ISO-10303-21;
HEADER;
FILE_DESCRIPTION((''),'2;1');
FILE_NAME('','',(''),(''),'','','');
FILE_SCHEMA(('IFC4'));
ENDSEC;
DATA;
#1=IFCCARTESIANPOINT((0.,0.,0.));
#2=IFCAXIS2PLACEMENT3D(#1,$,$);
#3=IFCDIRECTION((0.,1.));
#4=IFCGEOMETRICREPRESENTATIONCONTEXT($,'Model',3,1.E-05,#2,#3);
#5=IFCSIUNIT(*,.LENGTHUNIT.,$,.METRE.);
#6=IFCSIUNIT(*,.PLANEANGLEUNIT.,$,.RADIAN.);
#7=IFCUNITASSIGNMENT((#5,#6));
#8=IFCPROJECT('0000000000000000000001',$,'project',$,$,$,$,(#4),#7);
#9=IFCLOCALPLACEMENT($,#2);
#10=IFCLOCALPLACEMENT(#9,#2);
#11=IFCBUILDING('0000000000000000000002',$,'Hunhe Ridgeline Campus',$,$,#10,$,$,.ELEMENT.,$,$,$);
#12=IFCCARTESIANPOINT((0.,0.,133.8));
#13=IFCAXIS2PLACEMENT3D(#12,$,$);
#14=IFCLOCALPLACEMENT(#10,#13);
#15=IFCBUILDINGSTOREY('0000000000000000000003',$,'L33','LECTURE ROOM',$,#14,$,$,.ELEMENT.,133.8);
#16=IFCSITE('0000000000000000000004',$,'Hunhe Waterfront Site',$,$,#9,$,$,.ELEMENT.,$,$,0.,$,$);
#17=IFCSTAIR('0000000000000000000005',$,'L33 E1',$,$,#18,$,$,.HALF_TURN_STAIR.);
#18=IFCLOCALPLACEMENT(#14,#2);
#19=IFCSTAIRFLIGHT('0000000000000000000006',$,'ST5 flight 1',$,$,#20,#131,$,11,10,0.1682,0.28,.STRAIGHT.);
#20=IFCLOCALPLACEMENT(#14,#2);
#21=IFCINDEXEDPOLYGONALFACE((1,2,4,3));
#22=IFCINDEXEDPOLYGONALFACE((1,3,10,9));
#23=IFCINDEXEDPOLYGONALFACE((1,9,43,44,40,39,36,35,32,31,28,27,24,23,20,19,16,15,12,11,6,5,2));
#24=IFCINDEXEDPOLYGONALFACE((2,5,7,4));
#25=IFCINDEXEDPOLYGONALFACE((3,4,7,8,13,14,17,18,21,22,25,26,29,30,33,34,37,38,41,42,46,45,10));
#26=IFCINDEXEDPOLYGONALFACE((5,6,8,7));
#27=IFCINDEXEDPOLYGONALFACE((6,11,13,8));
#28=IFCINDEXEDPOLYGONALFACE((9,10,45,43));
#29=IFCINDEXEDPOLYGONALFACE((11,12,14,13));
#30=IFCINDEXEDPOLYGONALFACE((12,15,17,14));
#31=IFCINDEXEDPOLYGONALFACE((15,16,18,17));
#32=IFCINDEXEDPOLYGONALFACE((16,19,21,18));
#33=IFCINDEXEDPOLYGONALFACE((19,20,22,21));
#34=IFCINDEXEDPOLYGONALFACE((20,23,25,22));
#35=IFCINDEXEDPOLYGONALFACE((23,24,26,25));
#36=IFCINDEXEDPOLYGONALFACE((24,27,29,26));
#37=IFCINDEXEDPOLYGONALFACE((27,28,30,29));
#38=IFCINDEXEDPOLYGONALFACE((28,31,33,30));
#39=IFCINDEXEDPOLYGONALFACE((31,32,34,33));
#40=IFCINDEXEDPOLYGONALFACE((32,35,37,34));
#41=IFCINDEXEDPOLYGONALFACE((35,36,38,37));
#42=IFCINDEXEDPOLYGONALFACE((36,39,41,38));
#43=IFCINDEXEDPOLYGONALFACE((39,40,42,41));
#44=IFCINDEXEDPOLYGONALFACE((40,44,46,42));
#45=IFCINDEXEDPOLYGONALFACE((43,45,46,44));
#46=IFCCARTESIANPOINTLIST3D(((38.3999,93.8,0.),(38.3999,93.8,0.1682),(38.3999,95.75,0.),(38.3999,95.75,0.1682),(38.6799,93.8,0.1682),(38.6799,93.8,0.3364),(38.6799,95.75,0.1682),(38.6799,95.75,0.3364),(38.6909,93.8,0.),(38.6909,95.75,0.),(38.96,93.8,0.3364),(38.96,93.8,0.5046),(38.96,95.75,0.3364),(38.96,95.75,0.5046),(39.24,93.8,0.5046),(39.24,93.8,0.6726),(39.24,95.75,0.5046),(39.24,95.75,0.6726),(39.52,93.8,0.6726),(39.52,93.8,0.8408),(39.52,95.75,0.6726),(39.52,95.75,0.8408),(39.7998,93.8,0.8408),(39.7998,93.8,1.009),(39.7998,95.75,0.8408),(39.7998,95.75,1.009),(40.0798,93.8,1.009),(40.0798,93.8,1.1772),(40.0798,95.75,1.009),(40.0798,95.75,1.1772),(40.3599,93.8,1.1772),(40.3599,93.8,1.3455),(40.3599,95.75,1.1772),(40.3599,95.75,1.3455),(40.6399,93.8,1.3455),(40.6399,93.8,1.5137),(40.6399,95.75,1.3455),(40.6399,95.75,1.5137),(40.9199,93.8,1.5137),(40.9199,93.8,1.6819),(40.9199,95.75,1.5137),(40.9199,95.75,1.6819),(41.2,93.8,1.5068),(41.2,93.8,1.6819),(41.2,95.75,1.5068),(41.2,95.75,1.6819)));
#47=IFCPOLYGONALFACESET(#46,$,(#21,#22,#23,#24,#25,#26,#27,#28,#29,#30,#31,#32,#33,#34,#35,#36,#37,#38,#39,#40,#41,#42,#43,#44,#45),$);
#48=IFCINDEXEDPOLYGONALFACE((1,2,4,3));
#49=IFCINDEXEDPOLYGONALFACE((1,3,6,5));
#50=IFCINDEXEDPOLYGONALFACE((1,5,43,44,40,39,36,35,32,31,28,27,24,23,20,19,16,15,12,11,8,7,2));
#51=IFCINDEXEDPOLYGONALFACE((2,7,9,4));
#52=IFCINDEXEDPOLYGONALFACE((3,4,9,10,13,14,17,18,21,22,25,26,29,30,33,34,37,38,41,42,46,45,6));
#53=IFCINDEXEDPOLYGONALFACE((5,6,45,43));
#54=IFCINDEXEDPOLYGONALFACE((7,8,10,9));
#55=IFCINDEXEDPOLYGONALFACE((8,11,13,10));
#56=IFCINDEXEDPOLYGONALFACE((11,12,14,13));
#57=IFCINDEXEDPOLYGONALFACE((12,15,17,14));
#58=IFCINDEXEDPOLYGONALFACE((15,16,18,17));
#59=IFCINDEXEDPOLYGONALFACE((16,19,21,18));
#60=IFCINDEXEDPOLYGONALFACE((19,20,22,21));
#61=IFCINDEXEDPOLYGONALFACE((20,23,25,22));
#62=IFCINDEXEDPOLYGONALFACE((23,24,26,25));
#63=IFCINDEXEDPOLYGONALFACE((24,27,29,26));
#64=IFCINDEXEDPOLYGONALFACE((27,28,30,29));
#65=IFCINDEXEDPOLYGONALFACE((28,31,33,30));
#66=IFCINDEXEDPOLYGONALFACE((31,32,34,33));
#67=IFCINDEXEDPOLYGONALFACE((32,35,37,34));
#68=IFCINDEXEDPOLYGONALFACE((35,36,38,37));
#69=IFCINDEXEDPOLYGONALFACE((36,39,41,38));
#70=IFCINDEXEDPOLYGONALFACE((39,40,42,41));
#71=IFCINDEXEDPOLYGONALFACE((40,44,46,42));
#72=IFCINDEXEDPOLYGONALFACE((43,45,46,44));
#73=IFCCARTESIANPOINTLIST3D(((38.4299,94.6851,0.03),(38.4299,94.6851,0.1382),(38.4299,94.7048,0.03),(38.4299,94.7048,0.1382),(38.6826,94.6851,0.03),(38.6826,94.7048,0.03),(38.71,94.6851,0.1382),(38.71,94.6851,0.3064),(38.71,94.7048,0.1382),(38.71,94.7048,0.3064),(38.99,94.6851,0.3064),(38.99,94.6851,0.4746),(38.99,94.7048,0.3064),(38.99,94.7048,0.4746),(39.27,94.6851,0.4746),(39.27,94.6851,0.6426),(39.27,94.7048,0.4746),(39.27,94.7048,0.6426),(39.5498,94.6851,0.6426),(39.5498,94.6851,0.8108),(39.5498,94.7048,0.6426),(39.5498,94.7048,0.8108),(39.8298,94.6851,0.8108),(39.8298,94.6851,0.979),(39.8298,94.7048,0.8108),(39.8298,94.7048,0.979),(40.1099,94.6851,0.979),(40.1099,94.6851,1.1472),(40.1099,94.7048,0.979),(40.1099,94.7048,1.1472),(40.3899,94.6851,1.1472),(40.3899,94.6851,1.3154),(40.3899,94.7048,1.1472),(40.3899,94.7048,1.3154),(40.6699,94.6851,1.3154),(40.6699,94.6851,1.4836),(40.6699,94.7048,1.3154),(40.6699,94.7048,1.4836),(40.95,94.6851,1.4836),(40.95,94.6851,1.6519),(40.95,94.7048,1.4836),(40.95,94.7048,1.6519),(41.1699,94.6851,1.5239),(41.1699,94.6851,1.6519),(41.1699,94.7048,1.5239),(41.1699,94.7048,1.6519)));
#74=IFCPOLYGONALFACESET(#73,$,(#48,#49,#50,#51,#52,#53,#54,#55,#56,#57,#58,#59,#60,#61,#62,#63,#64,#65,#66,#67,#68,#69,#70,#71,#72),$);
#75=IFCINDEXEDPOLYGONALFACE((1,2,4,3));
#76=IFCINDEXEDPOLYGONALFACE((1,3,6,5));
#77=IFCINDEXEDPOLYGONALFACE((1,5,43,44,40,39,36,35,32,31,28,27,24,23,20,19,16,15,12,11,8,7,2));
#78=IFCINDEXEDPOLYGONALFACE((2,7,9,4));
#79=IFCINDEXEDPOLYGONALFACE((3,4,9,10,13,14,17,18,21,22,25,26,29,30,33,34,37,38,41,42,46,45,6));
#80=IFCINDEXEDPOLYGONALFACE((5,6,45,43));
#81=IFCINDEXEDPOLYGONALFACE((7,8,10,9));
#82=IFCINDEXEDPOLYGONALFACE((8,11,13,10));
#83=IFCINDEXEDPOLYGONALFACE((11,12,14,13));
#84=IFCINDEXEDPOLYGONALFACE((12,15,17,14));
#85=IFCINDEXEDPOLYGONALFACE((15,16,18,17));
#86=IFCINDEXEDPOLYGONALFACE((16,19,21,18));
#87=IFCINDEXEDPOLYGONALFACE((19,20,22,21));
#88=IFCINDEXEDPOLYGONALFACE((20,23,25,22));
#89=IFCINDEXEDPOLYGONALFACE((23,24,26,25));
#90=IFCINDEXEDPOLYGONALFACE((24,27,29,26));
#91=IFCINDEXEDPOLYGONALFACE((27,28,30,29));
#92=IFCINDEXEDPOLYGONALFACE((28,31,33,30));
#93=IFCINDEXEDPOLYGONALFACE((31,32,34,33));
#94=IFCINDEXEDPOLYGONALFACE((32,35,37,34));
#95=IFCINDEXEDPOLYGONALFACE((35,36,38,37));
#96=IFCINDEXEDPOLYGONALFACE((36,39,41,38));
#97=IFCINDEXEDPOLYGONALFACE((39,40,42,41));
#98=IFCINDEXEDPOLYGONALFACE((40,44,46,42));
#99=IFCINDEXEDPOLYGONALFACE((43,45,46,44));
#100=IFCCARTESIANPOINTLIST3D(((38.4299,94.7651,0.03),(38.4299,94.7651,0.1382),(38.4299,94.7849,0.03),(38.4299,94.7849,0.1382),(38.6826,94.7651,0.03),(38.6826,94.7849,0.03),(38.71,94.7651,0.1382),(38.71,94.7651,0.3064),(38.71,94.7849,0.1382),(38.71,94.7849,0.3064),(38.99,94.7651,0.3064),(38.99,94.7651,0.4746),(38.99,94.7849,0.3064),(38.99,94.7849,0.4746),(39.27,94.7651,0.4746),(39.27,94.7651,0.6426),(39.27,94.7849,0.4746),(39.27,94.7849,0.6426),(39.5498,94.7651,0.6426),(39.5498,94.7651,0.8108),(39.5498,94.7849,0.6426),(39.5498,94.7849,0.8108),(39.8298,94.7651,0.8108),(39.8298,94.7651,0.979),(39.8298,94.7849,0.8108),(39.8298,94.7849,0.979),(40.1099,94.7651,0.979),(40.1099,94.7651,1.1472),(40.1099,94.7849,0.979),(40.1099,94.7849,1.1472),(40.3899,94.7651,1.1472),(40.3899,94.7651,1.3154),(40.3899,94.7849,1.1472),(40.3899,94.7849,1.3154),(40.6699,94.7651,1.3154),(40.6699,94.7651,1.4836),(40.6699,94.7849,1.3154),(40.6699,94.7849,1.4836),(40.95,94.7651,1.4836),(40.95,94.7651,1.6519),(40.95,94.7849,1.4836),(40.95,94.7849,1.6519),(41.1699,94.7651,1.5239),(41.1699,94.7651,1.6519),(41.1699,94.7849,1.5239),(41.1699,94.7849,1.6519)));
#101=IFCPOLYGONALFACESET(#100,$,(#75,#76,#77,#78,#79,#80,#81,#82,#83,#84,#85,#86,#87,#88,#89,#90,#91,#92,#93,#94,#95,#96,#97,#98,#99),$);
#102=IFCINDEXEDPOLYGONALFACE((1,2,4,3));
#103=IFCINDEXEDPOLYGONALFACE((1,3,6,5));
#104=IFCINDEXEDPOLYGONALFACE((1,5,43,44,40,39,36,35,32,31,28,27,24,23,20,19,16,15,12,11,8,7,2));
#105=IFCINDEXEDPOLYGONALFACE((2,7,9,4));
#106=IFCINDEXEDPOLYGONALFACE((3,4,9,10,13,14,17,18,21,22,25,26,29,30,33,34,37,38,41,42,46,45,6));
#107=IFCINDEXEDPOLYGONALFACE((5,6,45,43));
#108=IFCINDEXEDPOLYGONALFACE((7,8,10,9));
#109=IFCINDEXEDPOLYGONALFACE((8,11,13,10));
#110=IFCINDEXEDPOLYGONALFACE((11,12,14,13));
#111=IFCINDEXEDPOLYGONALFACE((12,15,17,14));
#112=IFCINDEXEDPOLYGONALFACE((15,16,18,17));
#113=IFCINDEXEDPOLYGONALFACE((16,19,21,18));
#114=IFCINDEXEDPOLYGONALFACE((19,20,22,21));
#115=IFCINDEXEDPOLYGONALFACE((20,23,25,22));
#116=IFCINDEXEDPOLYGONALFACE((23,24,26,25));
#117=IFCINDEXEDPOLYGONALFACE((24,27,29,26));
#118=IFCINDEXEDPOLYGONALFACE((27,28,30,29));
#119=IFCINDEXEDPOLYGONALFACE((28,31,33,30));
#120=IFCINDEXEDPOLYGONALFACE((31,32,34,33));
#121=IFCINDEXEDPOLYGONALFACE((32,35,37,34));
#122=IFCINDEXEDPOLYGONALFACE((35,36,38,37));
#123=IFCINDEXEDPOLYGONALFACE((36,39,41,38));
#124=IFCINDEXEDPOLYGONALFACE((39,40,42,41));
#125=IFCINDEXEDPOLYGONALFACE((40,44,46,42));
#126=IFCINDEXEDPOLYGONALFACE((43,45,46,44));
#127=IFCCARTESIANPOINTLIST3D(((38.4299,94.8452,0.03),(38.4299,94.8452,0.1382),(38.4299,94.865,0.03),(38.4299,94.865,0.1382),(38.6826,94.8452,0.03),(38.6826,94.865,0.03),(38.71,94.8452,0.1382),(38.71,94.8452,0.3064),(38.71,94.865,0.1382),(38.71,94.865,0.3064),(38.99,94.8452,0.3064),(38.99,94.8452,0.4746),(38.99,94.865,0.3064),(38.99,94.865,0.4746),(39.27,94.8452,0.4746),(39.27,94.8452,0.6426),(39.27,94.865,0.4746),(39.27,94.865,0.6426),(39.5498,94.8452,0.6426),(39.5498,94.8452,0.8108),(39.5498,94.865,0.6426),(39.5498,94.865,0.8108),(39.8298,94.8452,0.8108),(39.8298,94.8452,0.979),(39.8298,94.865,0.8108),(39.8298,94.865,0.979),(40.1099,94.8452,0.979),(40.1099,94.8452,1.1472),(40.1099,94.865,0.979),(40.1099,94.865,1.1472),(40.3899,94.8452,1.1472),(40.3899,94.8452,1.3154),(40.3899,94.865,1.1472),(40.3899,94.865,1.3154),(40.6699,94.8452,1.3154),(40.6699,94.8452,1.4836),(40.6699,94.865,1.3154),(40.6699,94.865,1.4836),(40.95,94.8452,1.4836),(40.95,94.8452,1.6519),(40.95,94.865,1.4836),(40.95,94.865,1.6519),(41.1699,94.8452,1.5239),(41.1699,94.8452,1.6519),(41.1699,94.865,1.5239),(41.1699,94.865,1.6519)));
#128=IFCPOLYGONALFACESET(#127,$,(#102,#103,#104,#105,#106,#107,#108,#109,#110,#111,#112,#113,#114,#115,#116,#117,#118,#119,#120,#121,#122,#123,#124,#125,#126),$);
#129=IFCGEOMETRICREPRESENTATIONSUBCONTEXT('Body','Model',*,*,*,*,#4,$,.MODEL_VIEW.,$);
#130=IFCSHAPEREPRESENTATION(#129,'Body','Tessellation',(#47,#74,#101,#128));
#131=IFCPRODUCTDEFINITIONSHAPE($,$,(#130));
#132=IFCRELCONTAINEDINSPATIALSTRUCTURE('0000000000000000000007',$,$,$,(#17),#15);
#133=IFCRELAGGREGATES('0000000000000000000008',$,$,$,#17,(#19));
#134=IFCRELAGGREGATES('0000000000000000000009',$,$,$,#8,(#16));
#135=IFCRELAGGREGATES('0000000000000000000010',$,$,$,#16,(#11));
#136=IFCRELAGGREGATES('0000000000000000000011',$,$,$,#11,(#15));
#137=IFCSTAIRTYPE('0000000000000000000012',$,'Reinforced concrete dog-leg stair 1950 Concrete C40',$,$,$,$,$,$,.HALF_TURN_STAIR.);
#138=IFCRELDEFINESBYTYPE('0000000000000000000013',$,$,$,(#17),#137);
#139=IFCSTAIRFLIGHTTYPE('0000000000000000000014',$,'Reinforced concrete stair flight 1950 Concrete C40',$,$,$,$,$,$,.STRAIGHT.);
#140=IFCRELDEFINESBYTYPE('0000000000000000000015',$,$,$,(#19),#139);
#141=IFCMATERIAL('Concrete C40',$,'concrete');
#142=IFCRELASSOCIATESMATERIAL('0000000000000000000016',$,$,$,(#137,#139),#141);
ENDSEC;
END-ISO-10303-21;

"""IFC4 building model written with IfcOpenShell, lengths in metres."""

from ifc_helpers import new_model, si_unit, direction, frame, origin, place, context, subcontext, project, spatial, polyline, outline, extrude, material, type_object, element, aggregate, save


model = new_model("IFC4")

# Units and contexts
model_context = context("Model", 3, precision=1e-05, world=origin(), true_north=direction((0.0, 1.0)))
body_context = subcontext(model_context, "Body", "Model", "MODEL_VIEW")
ifc_project = project(units=[si_unit("LENGTHUNIT", "METRE"), si_unit("PLANEANGLEUNIT", "RADIAN")], contexts=[model_context])

# Site, building, storey
site_placement = place(None, origin())
site = spatial("IfcSite", under=ifc_project, at=site_placement, Name="Hunhe Waterfront Site", CompositionType="ELEMENT", RefElevation=0.0)
building_placement = place(site_placement, origin())
building = spatial("IfcBuilding", under=site, at=building_placement, Name="Hunhe Ridgeline Campus", CompositionType="ELEMENT")
storey_placement = place(building_placement, frame((0.0, 0.0, 133.8)))
storey = spatial("IfcBuildingStorey", under=building, at=storey_placement, Name="L33", Description="LECTURE ROOM", CompositionType="ELEMENT", Elevation=133.8)

# Shared definitions
ifc_material_1 = material(Name="Concrete C40", Category="concrete")
stair_type = type_object("IfcStairType", Name="Reinforced concrete dog-leg stair 1950 Concrete C40", PredefinedType="HALF_TURN_STAIR", material=ifc_material_1)
stair_flight_type = type_object("IfcStairFlightType", Name="Reinforced concrete stair flight 1950 Concrete C40", PredefinedType="STRAIGHT", material=ifc_material_1)

# Stair, stair flight
stair_1_placement = place(storey_placement, origin())
stair_1 = element("IfcStair", 1, at=stair_1_placement, inside=storey, type_object=stair_type, Name="L33 E1", PredefinedType="HALF_TURN_STAIR")
stair_flight_1_placement = place(storey_placement, frame((38.3999, 94.7749, 0.0), z_axis=(0.0, 0.0, 1.0), x_axis=(1.0, 0.0, 0.0)))
stair_flight_1 = element("IfcStairFlight", 2, at=stair_flight_1_placement, type_object=stair_flight_type, Name="ST5 flight 1", NumberOfRisers=11, NumberOfTreads=10, PredefinedType="STRAIGHT", RiserHeight=0.1682, TreadLength=0.28, context=body_context, shape_type="SweptSolid", body=[
    extrude(outline(polyline([(0.0, 0.0), (0.0, 0.1682), (0.28, 0.1682), (0.28, 0.3364), (0.5601, 0.3364), (0.5601, 0.5046), (0.8401, 0.5046), (0.8401, 0.6726), (1.1201, 0.6726), (1.1201, 0.8408), (1.3999, 0.8408), (1.3999, 1.009), (1.6799, 1.009), (1.6799, 1.1772), (1.96, 1.1772), (1.96, 1.3455), (2.24, 1.3455), (2.24, 1.5137), (2.52, 1.5137), (2.52, 1.6819), (2.8, 1.6819), (2.8, 1.8501), (2.8, 1.5068), (0.291, 0.0), (0.0, 0.0)])), frame((0.0, 0.9751, 0.0), z_axis=(0.0, -1.0, 0.0), x_axis=(1.0, 0.0, 0.0)), (0.0, 0.0, 1.0), 1.95),
    extrude(outline(polyline([(0.03, 0.03), (0.03, 0.1382), (0.3101, 0.1382), (0.3101, 0.3064), (0.5901, 0.3064), (0.5901, 0.4746), (0.8701, 0.4746), (0.8701, 0.6426), (1.1499, 0.6426), (1.1499, 0.8108), (1.4299, 0.8108), (1.4299, 0.979), (1.71, 0.979), (1.71, 1.1472), (1.99, 1.1472), (1.99, 1.3154), (2.27, 1.3154), (2.27, 1.4836), (2.55, 1.4836), (2.55, 1.6519), (2.77, 1.6519), (2.77, 1.5239), (0.2827, 0.03), (0.03, 0.03)])), frame((0.0, -0.0701, 0.0), z_axis=(0.0, -1.0, 0.0), x_axis=(1.0, 0.0, 0.0)), (0.0, 0.0, 1.0), 0.0198),
    extrude(outline(polyline([(0.03, 0.03), (0.03, 0.1382), (0.3101, 0.1382), (0.3101, 0.3064), (0.5901, 0.3064), (0.5901, 0.4746), (0.8701, 0.4746), (0.8701, 0.6426), (1.1499, 0.6426), (1.1499, 0.8108), (1.4299, 0.8108), (1.4299, 0.979), (1.71, 0.979), (1.71, 1.1472), (1.99, 1.1472), (1.99, 1.3154), (2.27, 1.3154), (2.27, 1.4836), (2.55, 1.4836), (2.55, 1.6519), (2.77, 1.6519), (2.77, 1.5239), (0.2827, 0.03), (0.03, 0.03)])), frame((0.0, 0.01, 0.0), z_axis=(0.0, -1.0, 0.0), x_axis=(1.0, 0.0, 0.0)), (0.0, 0.0, 1.0), 0.0198),
    extrude(outline(polyline([(0.03, 0.03), (0.03, 0.1382), (0.3101, 0.1382), (0.3101, 0.3064), (0.5901, 0.3064), (0.5901, 0.4746), (0.8701, 0.4746), (0.8701, 0.6426), (1.1499, 0.6426), (1.1499, 0.8108), (1.4299, 0.8108), (1.4299, 0.979), (1.71, 0.979), (1.71, 1.1472), (1.99, 1.1472), (1.99, 1.3154), (2.27, 1.3154), (2.27, 1.4836), (2.55, 1.4836), (2.55, 1.6519), (2.77, 1.6519), (2.77, 1.5239), (0.2827, 0.03), (0.03, 0.03)])), frame((0.0, 0.0901, 0.0), z_axis=(0.0, -1.0, 0.0), x_axis=(1.0, 0.0, 0.0)), (0.0, 0.0, 1.0), 0.0198),
])
aggregate(stair_1, [stair_flight_1])

save(model, "model.ifc")
